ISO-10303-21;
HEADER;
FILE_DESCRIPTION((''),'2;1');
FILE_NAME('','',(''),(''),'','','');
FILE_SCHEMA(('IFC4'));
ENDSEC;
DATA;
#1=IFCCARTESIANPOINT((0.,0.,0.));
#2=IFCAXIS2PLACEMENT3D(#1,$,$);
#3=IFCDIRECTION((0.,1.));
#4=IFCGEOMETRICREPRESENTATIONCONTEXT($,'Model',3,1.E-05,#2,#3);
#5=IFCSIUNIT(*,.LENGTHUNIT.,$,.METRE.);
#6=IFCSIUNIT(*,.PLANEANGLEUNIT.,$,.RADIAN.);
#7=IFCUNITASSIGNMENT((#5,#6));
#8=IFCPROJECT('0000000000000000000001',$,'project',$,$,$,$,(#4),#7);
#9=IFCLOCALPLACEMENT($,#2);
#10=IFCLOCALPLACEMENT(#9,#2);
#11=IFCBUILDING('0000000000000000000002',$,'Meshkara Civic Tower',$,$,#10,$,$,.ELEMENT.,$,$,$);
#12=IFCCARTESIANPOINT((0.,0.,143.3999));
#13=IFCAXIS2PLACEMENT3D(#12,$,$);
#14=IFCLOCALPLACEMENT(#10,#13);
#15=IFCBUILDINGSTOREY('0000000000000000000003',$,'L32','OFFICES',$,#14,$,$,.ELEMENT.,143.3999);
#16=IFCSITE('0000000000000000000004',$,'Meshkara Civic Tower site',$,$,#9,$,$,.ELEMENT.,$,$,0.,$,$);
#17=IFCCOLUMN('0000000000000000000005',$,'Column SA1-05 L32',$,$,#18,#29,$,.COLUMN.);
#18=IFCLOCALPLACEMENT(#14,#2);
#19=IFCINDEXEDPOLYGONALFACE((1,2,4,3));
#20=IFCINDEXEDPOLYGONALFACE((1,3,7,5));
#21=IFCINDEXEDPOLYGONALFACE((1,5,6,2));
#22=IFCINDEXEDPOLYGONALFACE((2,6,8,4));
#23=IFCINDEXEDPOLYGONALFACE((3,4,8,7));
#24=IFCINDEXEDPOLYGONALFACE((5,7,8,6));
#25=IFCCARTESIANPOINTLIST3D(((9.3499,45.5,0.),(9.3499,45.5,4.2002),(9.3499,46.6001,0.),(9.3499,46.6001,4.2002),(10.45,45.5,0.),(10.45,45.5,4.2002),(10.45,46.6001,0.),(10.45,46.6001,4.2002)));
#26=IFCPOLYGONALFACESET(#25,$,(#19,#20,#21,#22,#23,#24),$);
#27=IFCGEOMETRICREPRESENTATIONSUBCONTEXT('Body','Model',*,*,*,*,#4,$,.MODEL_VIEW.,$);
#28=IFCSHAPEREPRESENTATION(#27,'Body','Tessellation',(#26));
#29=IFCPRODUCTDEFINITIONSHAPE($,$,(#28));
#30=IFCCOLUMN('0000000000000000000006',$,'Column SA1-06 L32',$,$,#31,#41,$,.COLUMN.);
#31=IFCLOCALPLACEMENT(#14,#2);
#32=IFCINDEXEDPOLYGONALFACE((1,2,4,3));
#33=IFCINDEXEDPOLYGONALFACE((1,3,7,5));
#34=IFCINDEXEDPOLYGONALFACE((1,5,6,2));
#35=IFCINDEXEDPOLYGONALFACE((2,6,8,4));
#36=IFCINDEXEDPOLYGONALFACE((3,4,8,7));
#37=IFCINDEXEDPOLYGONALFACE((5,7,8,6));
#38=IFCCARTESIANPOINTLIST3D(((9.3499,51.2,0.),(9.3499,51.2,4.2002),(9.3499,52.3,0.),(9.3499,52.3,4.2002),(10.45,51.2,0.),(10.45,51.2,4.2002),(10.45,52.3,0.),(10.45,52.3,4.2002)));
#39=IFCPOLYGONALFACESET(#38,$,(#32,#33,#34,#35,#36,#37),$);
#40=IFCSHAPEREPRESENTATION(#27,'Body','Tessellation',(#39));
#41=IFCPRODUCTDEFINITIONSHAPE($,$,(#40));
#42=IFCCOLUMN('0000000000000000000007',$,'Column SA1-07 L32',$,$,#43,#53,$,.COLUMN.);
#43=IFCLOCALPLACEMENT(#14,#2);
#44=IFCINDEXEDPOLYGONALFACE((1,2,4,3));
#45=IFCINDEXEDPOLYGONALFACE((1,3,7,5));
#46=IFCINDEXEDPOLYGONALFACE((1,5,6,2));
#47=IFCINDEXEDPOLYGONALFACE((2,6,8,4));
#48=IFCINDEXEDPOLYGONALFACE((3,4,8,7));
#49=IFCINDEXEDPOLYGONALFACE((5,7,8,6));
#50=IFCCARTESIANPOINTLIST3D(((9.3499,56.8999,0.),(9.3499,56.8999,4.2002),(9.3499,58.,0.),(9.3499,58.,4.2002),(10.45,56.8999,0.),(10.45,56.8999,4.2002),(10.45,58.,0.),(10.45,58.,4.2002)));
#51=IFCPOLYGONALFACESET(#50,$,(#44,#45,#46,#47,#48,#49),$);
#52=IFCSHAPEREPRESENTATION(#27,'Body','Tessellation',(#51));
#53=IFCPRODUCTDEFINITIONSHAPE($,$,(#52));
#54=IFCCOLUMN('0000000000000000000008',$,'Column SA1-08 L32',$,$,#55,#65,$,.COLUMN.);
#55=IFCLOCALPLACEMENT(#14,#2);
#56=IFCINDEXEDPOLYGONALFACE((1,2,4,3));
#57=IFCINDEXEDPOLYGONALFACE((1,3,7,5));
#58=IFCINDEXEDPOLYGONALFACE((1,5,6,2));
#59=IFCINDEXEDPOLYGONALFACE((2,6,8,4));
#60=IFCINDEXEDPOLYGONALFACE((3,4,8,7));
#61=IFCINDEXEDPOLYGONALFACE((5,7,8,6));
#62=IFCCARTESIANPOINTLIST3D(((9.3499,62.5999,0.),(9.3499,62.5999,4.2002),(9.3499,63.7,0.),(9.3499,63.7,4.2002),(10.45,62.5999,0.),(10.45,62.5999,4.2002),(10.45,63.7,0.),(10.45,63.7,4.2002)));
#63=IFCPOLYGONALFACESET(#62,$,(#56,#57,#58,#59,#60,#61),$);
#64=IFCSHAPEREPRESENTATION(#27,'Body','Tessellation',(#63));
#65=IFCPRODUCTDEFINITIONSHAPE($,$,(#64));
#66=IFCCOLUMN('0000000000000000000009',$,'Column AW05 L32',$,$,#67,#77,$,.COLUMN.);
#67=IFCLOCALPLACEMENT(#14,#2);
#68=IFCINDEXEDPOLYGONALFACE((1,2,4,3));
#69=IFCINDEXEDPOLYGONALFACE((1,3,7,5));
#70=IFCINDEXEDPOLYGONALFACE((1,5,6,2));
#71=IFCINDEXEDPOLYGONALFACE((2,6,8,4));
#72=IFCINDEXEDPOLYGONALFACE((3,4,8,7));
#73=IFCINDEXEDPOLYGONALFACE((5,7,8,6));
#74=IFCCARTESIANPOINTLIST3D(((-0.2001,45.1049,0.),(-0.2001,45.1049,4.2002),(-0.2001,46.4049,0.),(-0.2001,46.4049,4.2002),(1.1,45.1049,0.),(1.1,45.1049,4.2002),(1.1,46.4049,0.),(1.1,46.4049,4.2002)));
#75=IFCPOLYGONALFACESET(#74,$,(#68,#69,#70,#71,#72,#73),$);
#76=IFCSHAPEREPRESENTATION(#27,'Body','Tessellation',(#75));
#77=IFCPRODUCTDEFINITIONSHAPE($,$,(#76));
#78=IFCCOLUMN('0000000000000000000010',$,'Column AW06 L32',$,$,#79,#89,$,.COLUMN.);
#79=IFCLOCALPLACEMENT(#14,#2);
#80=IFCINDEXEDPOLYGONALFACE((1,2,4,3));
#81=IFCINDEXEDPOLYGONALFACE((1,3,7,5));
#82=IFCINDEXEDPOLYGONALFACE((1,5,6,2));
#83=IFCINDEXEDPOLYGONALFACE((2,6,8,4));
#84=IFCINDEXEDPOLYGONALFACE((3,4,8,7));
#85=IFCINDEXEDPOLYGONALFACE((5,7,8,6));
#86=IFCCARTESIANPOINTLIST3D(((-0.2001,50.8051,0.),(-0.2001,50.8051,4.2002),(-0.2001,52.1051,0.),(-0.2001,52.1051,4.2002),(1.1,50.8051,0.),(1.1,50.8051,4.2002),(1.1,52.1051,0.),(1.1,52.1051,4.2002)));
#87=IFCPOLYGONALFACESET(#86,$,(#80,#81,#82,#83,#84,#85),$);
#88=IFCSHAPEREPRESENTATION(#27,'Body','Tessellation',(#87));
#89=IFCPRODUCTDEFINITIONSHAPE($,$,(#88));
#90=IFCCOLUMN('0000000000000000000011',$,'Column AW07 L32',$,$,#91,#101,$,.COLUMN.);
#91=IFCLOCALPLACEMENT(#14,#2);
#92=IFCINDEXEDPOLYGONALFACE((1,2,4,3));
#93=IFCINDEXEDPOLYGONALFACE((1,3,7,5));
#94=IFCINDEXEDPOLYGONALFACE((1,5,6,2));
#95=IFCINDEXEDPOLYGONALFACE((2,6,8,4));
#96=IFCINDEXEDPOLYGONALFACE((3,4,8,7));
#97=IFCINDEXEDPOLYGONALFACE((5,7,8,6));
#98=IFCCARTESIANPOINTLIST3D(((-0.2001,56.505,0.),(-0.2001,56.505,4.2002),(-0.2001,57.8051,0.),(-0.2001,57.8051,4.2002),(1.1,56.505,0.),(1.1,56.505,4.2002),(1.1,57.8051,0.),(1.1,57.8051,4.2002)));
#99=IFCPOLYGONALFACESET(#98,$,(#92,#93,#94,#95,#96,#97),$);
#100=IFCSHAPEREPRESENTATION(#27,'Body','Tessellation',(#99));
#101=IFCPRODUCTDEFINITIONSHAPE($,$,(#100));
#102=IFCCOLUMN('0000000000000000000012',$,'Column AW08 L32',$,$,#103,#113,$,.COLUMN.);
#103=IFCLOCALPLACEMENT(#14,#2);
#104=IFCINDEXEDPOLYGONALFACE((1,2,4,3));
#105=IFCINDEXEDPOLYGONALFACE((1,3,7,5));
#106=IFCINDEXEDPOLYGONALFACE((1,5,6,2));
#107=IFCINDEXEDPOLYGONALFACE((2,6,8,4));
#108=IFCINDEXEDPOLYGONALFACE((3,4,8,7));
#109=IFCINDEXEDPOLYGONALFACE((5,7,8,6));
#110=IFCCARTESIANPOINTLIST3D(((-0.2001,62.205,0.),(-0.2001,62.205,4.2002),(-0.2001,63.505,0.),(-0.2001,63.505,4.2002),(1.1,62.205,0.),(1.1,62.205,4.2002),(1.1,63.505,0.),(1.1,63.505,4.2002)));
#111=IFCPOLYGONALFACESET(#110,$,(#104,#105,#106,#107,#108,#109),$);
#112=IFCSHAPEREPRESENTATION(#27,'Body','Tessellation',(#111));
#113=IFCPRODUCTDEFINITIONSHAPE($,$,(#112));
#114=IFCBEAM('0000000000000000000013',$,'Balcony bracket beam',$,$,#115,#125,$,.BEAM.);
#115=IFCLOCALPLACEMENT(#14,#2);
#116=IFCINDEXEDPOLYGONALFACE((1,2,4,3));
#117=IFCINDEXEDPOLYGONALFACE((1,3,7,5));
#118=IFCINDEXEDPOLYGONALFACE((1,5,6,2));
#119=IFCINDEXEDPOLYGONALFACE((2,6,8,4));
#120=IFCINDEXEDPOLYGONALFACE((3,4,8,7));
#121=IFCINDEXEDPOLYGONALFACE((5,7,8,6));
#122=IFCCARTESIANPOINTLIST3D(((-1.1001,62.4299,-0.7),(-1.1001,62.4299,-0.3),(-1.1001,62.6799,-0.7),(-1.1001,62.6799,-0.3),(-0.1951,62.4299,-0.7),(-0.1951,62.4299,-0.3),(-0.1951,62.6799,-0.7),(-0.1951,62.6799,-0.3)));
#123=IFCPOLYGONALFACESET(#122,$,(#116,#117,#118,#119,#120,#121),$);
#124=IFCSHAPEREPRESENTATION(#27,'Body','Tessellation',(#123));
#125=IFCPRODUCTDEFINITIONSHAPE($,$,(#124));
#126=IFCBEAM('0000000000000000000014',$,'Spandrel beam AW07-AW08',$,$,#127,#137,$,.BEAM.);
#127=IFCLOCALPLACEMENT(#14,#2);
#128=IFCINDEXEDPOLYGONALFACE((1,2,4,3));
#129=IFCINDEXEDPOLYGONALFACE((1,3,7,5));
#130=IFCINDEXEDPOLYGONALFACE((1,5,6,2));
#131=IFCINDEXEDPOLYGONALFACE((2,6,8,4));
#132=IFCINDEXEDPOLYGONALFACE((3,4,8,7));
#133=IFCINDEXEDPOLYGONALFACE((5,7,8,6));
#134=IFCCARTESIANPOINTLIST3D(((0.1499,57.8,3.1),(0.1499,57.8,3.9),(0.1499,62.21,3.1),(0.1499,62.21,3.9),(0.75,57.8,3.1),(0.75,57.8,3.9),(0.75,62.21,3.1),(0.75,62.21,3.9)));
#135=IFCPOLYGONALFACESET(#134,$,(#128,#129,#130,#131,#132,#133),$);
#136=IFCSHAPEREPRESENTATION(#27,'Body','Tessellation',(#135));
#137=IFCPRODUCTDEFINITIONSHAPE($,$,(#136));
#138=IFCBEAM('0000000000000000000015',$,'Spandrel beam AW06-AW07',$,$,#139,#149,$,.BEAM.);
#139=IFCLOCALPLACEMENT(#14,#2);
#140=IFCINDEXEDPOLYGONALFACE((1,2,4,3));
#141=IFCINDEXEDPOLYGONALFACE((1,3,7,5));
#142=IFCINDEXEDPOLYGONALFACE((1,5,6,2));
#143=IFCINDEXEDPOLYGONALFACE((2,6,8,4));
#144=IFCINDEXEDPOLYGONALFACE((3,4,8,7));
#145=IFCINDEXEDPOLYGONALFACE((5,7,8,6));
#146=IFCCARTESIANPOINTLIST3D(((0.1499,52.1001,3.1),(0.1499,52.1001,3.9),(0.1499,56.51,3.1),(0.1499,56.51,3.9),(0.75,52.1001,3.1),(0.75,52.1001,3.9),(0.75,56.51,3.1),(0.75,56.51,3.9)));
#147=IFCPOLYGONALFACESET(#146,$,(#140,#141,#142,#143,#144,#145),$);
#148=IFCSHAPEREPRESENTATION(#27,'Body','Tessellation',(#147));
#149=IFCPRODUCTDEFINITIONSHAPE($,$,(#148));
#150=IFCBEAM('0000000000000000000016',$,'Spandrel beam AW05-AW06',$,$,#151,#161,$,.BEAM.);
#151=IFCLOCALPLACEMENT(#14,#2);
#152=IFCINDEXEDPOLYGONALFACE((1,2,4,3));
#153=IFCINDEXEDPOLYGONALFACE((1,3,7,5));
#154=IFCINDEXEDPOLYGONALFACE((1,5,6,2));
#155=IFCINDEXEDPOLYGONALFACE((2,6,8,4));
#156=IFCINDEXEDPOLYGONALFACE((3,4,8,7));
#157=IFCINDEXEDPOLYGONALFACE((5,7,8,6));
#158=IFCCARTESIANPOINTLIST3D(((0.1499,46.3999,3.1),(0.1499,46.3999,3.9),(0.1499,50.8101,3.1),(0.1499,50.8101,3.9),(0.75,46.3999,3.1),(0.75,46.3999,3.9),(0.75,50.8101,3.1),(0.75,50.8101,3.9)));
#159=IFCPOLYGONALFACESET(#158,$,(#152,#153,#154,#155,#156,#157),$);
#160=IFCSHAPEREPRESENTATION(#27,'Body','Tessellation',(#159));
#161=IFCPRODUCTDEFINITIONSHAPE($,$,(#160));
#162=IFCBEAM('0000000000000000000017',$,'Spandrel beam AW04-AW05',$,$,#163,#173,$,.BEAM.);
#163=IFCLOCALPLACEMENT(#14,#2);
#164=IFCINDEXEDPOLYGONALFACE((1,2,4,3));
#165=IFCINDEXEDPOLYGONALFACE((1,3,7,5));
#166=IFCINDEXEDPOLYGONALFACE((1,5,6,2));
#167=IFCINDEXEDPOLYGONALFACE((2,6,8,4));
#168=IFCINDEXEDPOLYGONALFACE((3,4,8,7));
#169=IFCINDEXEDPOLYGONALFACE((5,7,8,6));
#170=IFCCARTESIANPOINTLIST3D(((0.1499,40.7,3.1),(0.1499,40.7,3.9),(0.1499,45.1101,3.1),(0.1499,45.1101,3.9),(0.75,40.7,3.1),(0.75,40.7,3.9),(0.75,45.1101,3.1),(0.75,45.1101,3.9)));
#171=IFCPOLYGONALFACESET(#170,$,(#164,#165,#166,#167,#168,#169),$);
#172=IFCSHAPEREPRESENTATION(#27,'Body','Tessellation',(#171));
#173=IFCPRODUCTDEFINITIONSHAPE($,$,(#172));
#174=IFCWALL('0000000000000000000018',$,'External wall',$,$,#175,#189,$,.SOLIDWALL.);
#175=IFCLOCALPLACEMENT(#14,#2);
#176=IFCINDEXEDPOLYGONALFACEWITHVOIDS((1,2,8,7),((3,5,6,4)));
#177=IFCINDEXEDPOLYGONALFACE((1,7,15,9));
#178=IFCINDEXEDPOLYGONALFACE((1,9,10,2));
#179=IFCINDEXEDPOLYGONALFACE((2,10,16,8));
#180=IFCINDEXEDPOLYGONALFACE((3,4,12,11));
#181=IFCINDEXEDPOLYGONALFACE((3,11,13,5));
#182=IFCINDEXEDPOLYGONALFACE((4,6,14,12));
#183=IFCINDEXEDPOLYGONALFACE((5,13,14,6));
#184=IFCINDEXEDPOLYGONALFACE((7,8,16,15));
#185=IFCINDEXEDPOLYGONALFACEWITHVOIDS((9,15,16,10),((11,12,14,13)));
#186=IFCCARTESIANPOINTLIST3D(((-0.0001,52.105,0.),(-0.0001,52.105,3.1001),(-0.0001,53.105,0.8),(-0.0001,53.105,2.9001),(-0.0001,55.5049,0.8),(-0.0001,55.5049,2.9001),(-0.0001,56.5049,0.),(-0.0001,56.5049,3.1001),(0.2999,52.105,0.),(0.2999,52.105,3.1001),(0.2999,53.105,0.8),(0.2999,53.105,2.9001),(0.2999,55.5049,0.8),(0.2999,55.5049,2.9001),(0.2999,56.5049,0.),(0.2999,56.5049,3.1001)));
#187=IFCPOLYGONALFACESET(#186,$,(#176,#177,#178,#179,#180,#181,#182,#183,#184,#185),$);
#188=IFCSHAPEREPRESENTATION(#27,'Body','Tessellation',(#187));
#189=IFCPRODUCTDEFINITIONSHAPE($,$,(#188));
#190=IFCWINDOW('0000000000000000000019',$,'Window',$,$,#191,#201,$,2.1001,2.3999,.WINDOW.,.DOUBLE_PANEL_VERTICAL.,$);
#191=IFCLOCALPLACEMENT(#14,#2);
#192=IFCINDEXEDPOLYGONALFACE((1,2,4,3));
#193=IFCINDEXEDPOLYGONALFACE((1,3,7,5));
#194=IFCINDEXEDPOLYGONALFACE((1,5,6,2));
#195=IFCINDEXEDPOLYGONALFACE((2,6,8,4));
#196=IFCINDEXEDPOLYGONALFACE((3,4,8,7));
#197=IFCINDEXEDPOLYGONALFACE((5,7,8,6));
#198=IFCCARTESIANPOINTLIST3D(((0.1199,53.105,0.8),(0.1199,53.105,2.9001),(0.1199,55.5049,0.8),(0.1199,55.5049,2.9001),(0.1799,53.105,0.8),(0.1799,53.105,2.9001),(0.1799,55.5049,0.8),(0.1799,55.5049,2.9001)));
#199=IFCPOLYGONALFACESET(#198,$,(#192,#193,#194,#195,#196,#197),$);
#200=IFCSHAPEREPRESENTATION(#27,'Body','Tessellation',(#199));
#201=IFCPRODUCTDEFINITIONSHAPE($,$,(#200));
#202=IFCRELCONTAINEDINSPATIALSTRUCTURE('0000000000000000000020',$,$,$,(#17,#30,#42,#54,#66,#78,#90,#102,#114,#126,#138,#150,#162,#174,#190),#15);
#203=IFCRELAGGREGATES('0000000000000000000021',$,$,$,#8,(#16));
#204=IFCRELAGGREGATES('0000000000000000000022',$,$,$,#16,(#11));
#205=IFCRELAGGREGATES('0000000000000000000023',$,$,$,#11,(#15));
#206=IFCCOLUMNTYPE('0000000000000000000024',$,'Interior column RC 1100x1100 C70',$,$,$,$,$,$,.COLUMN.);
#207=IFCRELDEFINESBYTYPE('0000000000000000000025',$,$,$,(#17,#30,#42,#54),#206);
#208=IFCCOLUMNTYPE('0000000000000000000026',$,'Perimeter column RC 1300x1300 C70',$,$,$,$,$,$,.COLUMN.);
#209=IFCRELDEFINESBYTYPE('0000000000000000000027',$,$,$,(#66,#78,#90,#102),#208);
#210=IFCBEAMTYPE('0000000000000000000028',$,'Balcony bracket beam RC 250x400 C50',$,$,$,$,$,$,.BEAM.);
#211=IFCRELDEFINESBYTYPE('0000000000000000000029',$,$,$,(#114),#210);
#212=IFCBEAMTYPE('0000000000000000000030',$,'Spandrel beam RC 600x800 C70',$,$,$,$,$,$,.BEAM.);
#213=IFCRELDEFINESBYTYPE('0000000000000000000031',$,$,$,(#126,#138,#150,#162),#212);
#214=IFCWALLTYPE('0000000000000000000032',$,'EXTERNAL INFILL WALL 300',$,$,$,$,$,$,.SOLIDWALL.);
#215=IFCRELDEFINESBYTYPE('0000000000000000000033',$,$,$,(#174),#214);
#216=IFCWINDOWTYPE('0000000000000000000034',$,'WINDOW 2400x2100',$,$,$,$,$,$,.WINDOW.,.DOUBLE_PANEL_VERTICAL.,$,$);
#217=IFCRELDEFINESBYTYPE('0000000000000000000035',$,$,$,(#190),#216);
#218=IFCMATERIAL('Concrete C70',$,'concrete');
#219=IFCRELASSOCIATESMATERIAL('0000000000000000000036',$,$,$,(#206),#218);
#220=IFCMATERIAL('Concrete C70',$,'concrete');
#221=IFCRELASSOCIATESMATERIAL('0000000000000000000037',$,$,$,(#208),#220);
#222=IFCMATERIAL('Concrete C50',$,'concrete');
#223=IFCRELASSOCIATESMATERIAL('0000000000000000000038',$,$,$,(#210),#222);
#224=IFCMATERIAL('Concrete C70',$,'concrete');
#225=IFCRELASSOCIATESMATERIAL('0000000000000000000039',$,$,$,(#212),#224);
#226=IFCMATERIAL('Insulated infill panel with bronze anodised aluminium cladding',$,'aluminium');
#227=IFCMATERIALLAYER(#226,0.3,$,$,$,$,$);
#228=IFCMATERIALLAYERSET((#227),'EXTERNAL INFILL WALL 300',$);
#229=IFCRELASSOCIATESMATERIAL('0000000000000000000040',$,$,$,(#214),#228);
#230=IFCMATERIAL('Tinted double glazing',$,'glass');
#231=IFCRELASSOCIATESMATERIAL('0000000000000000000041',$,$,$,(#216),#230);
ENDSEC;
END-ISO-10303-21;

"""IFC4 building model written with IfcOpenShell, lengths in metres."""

from ifc_helpers import new_model, si_unit, direction, frame, frame_2d, origin, origin_2d, place, context, subcontext, project, spatial, rectangle, extrude, material, layer, layer_set, material_profile, profile_set, type_object, element, fill, save


model = new_model("IFC4")

# Units and contexts
model_context = context("Model", 3, precision=1e-05, world=origin(), true_north=direction((0.0, 1.0)))
body_context = subcontext(model_context, "Body", "Model", "MODEL_VIEW")
ifc_project = project(units=[si_unit("LENGTHUNIT", "METRE"), si_unit("PLANEANGLEUNIT", "RADIAN")], contexts=[model_context])

# Site, building, storey
site_placement = place(None, origin())
site = spatial("IfcSite", under=ifc_project, at=site_placement, Name="Meshkara Civic Tower site", CompositionType="ELEMENT", RefElevation=0.0)
building_placement = place(site_placement, origin())
building = spatial("IfcBuilding", under=site, at=building_placement, Name="Meshkara Civic Tower", CompositionType="ELEMENT")
storey_placement = place(building_placement, frame((0.0, 0.0, 143.3999)))
storey = spatial("IfcBuildingStorey", under=building, at=storey_placement, Name="L32", Description="OFFICES", CompositionType="ELEMENT", Elevation=143.3999)

# Columns
ifc_material_1 = material(Name="Concrete C70", Category="concrete")
ifc_material_profile_1 = material_profile(ifc_material_1, rectangle(XDim=1.1001, YDim=1.1001, at=origin_2d()))
ifc_profile_set_1 = profile_set([ifc_material_profile_1], Name="Concrete C70")
column_type_1 = type_object("IfcColumnType", Name="Interior column RC 1100x1100 C70", PredefinedType="COLUMN", material=ifc_profile_set_1)
for number, where, z_axis, x_axis, name in (
    (1, (9.8999, 46.05, 0.0), (0.0, 0.0, 1.0), (1.0, 0.0, 0.0), "Column SA1-05 L32"),
    (2, (9.8999, 51.75, 0.0), (0.0, 0.0, 1.0), (1.0, 0.0, 0.0), "Column SA1-06 L32"),
    (3, (9.8999, 57.45, 0.0), (0.0, 0.0, 1.0), (1.0, 0.0, 0.0), "Column SA1-07 L32"),
    (4, (9.8999, 63.1499, 0.0), (0.0, 0.0, 1.0), (1.0, 0.0, 0.0), "Column SA1-08 L32"),
):
    element("IfcColumn", number, at=place(storey_placement, frame(where, z_axis=z_axis, x_axis=x_axis)), inside=storey, type_object=column_type_1, Name=name, PredefinedType="COLUMN", context=body_context, shape_type="SweptSolid", body=[
        extrude(rectangle(XDim=1.1001, YDim=1.1001, at=origin_2d()), origin(), (0.0, 0.0, 1.0), 4.2002),
    ])
ifc_material_2 = material(Name="Concrete C70", Category="concrete")
ifc_material_profile_2 = material_profile(ifc_material_2, rectangle(XDim=1.3, YDim=1.3, at=origin_2d()))
ifc_profile_set_2 = profile_set([ifc_material_profile_2], Name="Concrete C70")
column_type_2 = type_object("IfcColumnType", Name="Perimeter column RC 1300x1300 C70", PredefinedType="COLUMN", material=ifc_profile_set_2)
for number, where, z_axis, x_axis, name in (
    (5, (0.45, 45.7549, 0.0), (0.0, 0.0, 1.0), (1.0, 0.0, 0.0), "Column AW05 L32"),
    (6, (0.45, 51.4551, 0.0), (0.0, 0.0, 1.0), (1.0, 0.0, 0.0), "Column AW06 L32"),
    (7, (0.45, 57.155, 0.0), (0.0, 0.0, 1.0), (1.0, 0.0, 0.0), "Column AW07 L32"),
    (8, (0.45, 62.855, 0.0), (0.0, 0.0, 1.0), (1.0, 0.0, 0.0), "Column AW08 L32"),
):
    element("IfcColumn", number, at=place(storey_placement, frame(where, z_axis=z_axis, x_axis=x_axis)), inside=storey, type_object=column_type_2, Name=name, PredefinedType="COLUMN", context=body_context, shape_type="SweptSolid", body=[
        extrude(rectangle(XDim=1.3, YDim=1.3, at=origin_2d()), origin(), (0.0, 0.0, 1.0), 4.2002),
    ])

# Beams
ifc_material_3 = material(Name="Concrete C50", Category="concrete")
ifc_material_profile_3 = material_profile(ifc_material_3, rectangle(XDim=0.25, YDim=0.3999, at=origin_2d()))
ifc_profile_set_3 = profile_set([ifc_material_profile_3], Name="Concrete C50")
beam_type_1 = type_object("IfcBeamType", Name="Balcony bracket beam RC 250x400 C50", PredefinedType="BEAM", material=ifc_profile_set_3)
beam_placement = place(storey_placement, frame((-0.1951, 62.5549, -0.5), z_axis=(-1.0, 0.0, 0.0), x_axis=(0.0, -1.0, 0.0)))
element("IfcBeam", 9, at=beam_placement, inside=storey, type_object=beam_type_1, Name="Balcony bracket beam", PredefinedType="BEAM", context=body_context, shape_type="SweptSolid", body=[
    extrude(rectangle(XDim=0.25, YDim=0.3999, at=origin_2d()), origin(), (0.0, 0.0, 1.0), 0.905),
])
ifc_material_4 = material(Name="Concrete C70", Category="concrete")
ifc_material_profile_4 = material_profile(ifc_material_4, rectangle(XDim=0.6001, YDim=0.8, at=origin_2d()))
ifc_profile_set_4 = profile_set([ifc_material_profile_4], Name="Concrete C70")
beam_type_2 = type_object("IfcBeamType", Name="Spandrel beam RC 600x800 C70", PredefinedType="BEAM", material=ifc_profile_set_4)
for number, where, z_axis, x_axis, name in (
    (10, (0.45, 62.21, 3.5), (0.0, -1.0, 0.0), (1.0, 0.0, 0.0), "Spandrel beam AW07-AW08"),
    (11, (0.45, 56.51, 3.5), (0.0, -1.0, 0.0), (1.0, 0.0, 0.0), "Spandrel beam AW06-AW07"),
):
    element("IfcBeam", number, at=place(storey_placement, frame(where, z_axis=z_axis, x_axis=x_axis)), inside=storey, type_object=beam_type_2, Name=name, PredefinedType="BEAM", context=body_context, shape_type="SweptSolid", body=[
        extrude(rectangle(XDim=0.6001, YDim=0.8, at=origin_2d()), origin(), (0.0, 0.0, 1.0), 4.4099),
    ])
for number, where, z_axis, x_axis, name in (
    (12, (0.45, 50.8101, 3.5), (0.0, -1.0, 0.0), (1.0, 0.0, 0.0), "Spandrel beam AW05-AW06"),
    (13, (0.45, 45.1101, 3.5), (0.0, -1.0, 0.0), (1.0, 0.0, 0.0), "Spandrel beam AW04-AW05"),
):
    element("IfcBeam", number, at=place(storey_placement, frame(where, z_axis=z_axis, x_axis=x_axis)), inside=storey, type_object=beam_type_2, Name=name, PredefinedType="BEAM", context=body_context, shape_type="SweptSolid", body=[
        extrude(rectangle(XDim=0.6001, YDim=0.8, at=origin_2d()), origin(), (0.0, 0.0, 1.0), 4.4102),
    ])

# Wall, opening, window
ifc_material_5 = material(Name="Insulated infill panel with bronze anodised aluminium cladding", Category="aluminium")
ifc_layer_1 = layer(ifc_material_5, 0.3)
ifc_layer_set_1 = layer_set([ifc_layer_1], Name="EXTERNAL INFILL WALL 300")
wall_type_1 = type_object("IfcWallType", Name="EXTERNAL INFILL WALL 300", PredefinedType="SOLIDWALL", material=ifc_layer_set_1)
wall_1_placement = place(storey_placement, frame((0.1499, 56.5049, 0.0), z_axis=(0.0, 0.0, 1.0), x_axis=(0.0, -1.0, 0.0)))
wall_1 = element("IfcWall", 14, at=wall_1_placement, inside=storey, type_object=wall_type_1, Name="External wall", PredefinedType="SOLIDWALL", context=body_context, shape_type="SweptSolid", body=[
    extrude(rectangle(XDim=4.3999, YDim=0.3, at=frame_2d((2.2, 0.0))), origin(), (0.0, 0.0, 1.0), 3.1001),
])
opening_1_placement = place(wall_1_placement, frame((1.0, 0.0, 0.8)))
opening_1 = element("IfcOpeningElement", 15, at=opening_1_placement, cuts=wall_1, PredefinedType="OPENING", context=body_context, shape_type="SweptSolid", body=[
    extrude(rectangle(XDim=2.3999, YDim=2.1001, at=frame_2d((1.2, 1.05))), frame((0.0, 0.1599, 0.0), z_axis=(0.0, -1.0, 0.0), x_axis=(1.0, 0.0, 0.0)), (0.0, 0.0, 1.0), 0.3201),
])
ifc_material_6 = material(Name="Tinted double glazing", Category="glass")
window_type = type_object("IfcWindowType", Name="WINDOW 2400x2100", PartitioningType="DOUBLE_PANEL_VERTICAL", PredefinedType="WINDOW", material=ifc_material_6)
window_1_placement = place(opening_1_placement, origin())
window_1 = element("IfcWindow", 16, at=window_1_placement, inside=storey, type_object=window_type, Name="Window", OverallHeight=2.1001, OverallWidth=2.3999, PartitioningType="DOUBLE_PANEL_VERTICAL", PredefinedType="WINDOW", context=body_context, shape_type="SweptSolid", body=[
    extrude(rectangle(XDim=2.3999, YDim=2.1001, at=frame_2d((1.2, 1.05))), frame((0.0, 0.03, 0.0), z_axis=(0.0, -1.0, 0.0), x_axis=(1.0, 0.0, 0.0)), (0.0, 0.0, 1.0), 0.0601),
])
fill(opening_1, window_1)

save(model, "model.ifc")
